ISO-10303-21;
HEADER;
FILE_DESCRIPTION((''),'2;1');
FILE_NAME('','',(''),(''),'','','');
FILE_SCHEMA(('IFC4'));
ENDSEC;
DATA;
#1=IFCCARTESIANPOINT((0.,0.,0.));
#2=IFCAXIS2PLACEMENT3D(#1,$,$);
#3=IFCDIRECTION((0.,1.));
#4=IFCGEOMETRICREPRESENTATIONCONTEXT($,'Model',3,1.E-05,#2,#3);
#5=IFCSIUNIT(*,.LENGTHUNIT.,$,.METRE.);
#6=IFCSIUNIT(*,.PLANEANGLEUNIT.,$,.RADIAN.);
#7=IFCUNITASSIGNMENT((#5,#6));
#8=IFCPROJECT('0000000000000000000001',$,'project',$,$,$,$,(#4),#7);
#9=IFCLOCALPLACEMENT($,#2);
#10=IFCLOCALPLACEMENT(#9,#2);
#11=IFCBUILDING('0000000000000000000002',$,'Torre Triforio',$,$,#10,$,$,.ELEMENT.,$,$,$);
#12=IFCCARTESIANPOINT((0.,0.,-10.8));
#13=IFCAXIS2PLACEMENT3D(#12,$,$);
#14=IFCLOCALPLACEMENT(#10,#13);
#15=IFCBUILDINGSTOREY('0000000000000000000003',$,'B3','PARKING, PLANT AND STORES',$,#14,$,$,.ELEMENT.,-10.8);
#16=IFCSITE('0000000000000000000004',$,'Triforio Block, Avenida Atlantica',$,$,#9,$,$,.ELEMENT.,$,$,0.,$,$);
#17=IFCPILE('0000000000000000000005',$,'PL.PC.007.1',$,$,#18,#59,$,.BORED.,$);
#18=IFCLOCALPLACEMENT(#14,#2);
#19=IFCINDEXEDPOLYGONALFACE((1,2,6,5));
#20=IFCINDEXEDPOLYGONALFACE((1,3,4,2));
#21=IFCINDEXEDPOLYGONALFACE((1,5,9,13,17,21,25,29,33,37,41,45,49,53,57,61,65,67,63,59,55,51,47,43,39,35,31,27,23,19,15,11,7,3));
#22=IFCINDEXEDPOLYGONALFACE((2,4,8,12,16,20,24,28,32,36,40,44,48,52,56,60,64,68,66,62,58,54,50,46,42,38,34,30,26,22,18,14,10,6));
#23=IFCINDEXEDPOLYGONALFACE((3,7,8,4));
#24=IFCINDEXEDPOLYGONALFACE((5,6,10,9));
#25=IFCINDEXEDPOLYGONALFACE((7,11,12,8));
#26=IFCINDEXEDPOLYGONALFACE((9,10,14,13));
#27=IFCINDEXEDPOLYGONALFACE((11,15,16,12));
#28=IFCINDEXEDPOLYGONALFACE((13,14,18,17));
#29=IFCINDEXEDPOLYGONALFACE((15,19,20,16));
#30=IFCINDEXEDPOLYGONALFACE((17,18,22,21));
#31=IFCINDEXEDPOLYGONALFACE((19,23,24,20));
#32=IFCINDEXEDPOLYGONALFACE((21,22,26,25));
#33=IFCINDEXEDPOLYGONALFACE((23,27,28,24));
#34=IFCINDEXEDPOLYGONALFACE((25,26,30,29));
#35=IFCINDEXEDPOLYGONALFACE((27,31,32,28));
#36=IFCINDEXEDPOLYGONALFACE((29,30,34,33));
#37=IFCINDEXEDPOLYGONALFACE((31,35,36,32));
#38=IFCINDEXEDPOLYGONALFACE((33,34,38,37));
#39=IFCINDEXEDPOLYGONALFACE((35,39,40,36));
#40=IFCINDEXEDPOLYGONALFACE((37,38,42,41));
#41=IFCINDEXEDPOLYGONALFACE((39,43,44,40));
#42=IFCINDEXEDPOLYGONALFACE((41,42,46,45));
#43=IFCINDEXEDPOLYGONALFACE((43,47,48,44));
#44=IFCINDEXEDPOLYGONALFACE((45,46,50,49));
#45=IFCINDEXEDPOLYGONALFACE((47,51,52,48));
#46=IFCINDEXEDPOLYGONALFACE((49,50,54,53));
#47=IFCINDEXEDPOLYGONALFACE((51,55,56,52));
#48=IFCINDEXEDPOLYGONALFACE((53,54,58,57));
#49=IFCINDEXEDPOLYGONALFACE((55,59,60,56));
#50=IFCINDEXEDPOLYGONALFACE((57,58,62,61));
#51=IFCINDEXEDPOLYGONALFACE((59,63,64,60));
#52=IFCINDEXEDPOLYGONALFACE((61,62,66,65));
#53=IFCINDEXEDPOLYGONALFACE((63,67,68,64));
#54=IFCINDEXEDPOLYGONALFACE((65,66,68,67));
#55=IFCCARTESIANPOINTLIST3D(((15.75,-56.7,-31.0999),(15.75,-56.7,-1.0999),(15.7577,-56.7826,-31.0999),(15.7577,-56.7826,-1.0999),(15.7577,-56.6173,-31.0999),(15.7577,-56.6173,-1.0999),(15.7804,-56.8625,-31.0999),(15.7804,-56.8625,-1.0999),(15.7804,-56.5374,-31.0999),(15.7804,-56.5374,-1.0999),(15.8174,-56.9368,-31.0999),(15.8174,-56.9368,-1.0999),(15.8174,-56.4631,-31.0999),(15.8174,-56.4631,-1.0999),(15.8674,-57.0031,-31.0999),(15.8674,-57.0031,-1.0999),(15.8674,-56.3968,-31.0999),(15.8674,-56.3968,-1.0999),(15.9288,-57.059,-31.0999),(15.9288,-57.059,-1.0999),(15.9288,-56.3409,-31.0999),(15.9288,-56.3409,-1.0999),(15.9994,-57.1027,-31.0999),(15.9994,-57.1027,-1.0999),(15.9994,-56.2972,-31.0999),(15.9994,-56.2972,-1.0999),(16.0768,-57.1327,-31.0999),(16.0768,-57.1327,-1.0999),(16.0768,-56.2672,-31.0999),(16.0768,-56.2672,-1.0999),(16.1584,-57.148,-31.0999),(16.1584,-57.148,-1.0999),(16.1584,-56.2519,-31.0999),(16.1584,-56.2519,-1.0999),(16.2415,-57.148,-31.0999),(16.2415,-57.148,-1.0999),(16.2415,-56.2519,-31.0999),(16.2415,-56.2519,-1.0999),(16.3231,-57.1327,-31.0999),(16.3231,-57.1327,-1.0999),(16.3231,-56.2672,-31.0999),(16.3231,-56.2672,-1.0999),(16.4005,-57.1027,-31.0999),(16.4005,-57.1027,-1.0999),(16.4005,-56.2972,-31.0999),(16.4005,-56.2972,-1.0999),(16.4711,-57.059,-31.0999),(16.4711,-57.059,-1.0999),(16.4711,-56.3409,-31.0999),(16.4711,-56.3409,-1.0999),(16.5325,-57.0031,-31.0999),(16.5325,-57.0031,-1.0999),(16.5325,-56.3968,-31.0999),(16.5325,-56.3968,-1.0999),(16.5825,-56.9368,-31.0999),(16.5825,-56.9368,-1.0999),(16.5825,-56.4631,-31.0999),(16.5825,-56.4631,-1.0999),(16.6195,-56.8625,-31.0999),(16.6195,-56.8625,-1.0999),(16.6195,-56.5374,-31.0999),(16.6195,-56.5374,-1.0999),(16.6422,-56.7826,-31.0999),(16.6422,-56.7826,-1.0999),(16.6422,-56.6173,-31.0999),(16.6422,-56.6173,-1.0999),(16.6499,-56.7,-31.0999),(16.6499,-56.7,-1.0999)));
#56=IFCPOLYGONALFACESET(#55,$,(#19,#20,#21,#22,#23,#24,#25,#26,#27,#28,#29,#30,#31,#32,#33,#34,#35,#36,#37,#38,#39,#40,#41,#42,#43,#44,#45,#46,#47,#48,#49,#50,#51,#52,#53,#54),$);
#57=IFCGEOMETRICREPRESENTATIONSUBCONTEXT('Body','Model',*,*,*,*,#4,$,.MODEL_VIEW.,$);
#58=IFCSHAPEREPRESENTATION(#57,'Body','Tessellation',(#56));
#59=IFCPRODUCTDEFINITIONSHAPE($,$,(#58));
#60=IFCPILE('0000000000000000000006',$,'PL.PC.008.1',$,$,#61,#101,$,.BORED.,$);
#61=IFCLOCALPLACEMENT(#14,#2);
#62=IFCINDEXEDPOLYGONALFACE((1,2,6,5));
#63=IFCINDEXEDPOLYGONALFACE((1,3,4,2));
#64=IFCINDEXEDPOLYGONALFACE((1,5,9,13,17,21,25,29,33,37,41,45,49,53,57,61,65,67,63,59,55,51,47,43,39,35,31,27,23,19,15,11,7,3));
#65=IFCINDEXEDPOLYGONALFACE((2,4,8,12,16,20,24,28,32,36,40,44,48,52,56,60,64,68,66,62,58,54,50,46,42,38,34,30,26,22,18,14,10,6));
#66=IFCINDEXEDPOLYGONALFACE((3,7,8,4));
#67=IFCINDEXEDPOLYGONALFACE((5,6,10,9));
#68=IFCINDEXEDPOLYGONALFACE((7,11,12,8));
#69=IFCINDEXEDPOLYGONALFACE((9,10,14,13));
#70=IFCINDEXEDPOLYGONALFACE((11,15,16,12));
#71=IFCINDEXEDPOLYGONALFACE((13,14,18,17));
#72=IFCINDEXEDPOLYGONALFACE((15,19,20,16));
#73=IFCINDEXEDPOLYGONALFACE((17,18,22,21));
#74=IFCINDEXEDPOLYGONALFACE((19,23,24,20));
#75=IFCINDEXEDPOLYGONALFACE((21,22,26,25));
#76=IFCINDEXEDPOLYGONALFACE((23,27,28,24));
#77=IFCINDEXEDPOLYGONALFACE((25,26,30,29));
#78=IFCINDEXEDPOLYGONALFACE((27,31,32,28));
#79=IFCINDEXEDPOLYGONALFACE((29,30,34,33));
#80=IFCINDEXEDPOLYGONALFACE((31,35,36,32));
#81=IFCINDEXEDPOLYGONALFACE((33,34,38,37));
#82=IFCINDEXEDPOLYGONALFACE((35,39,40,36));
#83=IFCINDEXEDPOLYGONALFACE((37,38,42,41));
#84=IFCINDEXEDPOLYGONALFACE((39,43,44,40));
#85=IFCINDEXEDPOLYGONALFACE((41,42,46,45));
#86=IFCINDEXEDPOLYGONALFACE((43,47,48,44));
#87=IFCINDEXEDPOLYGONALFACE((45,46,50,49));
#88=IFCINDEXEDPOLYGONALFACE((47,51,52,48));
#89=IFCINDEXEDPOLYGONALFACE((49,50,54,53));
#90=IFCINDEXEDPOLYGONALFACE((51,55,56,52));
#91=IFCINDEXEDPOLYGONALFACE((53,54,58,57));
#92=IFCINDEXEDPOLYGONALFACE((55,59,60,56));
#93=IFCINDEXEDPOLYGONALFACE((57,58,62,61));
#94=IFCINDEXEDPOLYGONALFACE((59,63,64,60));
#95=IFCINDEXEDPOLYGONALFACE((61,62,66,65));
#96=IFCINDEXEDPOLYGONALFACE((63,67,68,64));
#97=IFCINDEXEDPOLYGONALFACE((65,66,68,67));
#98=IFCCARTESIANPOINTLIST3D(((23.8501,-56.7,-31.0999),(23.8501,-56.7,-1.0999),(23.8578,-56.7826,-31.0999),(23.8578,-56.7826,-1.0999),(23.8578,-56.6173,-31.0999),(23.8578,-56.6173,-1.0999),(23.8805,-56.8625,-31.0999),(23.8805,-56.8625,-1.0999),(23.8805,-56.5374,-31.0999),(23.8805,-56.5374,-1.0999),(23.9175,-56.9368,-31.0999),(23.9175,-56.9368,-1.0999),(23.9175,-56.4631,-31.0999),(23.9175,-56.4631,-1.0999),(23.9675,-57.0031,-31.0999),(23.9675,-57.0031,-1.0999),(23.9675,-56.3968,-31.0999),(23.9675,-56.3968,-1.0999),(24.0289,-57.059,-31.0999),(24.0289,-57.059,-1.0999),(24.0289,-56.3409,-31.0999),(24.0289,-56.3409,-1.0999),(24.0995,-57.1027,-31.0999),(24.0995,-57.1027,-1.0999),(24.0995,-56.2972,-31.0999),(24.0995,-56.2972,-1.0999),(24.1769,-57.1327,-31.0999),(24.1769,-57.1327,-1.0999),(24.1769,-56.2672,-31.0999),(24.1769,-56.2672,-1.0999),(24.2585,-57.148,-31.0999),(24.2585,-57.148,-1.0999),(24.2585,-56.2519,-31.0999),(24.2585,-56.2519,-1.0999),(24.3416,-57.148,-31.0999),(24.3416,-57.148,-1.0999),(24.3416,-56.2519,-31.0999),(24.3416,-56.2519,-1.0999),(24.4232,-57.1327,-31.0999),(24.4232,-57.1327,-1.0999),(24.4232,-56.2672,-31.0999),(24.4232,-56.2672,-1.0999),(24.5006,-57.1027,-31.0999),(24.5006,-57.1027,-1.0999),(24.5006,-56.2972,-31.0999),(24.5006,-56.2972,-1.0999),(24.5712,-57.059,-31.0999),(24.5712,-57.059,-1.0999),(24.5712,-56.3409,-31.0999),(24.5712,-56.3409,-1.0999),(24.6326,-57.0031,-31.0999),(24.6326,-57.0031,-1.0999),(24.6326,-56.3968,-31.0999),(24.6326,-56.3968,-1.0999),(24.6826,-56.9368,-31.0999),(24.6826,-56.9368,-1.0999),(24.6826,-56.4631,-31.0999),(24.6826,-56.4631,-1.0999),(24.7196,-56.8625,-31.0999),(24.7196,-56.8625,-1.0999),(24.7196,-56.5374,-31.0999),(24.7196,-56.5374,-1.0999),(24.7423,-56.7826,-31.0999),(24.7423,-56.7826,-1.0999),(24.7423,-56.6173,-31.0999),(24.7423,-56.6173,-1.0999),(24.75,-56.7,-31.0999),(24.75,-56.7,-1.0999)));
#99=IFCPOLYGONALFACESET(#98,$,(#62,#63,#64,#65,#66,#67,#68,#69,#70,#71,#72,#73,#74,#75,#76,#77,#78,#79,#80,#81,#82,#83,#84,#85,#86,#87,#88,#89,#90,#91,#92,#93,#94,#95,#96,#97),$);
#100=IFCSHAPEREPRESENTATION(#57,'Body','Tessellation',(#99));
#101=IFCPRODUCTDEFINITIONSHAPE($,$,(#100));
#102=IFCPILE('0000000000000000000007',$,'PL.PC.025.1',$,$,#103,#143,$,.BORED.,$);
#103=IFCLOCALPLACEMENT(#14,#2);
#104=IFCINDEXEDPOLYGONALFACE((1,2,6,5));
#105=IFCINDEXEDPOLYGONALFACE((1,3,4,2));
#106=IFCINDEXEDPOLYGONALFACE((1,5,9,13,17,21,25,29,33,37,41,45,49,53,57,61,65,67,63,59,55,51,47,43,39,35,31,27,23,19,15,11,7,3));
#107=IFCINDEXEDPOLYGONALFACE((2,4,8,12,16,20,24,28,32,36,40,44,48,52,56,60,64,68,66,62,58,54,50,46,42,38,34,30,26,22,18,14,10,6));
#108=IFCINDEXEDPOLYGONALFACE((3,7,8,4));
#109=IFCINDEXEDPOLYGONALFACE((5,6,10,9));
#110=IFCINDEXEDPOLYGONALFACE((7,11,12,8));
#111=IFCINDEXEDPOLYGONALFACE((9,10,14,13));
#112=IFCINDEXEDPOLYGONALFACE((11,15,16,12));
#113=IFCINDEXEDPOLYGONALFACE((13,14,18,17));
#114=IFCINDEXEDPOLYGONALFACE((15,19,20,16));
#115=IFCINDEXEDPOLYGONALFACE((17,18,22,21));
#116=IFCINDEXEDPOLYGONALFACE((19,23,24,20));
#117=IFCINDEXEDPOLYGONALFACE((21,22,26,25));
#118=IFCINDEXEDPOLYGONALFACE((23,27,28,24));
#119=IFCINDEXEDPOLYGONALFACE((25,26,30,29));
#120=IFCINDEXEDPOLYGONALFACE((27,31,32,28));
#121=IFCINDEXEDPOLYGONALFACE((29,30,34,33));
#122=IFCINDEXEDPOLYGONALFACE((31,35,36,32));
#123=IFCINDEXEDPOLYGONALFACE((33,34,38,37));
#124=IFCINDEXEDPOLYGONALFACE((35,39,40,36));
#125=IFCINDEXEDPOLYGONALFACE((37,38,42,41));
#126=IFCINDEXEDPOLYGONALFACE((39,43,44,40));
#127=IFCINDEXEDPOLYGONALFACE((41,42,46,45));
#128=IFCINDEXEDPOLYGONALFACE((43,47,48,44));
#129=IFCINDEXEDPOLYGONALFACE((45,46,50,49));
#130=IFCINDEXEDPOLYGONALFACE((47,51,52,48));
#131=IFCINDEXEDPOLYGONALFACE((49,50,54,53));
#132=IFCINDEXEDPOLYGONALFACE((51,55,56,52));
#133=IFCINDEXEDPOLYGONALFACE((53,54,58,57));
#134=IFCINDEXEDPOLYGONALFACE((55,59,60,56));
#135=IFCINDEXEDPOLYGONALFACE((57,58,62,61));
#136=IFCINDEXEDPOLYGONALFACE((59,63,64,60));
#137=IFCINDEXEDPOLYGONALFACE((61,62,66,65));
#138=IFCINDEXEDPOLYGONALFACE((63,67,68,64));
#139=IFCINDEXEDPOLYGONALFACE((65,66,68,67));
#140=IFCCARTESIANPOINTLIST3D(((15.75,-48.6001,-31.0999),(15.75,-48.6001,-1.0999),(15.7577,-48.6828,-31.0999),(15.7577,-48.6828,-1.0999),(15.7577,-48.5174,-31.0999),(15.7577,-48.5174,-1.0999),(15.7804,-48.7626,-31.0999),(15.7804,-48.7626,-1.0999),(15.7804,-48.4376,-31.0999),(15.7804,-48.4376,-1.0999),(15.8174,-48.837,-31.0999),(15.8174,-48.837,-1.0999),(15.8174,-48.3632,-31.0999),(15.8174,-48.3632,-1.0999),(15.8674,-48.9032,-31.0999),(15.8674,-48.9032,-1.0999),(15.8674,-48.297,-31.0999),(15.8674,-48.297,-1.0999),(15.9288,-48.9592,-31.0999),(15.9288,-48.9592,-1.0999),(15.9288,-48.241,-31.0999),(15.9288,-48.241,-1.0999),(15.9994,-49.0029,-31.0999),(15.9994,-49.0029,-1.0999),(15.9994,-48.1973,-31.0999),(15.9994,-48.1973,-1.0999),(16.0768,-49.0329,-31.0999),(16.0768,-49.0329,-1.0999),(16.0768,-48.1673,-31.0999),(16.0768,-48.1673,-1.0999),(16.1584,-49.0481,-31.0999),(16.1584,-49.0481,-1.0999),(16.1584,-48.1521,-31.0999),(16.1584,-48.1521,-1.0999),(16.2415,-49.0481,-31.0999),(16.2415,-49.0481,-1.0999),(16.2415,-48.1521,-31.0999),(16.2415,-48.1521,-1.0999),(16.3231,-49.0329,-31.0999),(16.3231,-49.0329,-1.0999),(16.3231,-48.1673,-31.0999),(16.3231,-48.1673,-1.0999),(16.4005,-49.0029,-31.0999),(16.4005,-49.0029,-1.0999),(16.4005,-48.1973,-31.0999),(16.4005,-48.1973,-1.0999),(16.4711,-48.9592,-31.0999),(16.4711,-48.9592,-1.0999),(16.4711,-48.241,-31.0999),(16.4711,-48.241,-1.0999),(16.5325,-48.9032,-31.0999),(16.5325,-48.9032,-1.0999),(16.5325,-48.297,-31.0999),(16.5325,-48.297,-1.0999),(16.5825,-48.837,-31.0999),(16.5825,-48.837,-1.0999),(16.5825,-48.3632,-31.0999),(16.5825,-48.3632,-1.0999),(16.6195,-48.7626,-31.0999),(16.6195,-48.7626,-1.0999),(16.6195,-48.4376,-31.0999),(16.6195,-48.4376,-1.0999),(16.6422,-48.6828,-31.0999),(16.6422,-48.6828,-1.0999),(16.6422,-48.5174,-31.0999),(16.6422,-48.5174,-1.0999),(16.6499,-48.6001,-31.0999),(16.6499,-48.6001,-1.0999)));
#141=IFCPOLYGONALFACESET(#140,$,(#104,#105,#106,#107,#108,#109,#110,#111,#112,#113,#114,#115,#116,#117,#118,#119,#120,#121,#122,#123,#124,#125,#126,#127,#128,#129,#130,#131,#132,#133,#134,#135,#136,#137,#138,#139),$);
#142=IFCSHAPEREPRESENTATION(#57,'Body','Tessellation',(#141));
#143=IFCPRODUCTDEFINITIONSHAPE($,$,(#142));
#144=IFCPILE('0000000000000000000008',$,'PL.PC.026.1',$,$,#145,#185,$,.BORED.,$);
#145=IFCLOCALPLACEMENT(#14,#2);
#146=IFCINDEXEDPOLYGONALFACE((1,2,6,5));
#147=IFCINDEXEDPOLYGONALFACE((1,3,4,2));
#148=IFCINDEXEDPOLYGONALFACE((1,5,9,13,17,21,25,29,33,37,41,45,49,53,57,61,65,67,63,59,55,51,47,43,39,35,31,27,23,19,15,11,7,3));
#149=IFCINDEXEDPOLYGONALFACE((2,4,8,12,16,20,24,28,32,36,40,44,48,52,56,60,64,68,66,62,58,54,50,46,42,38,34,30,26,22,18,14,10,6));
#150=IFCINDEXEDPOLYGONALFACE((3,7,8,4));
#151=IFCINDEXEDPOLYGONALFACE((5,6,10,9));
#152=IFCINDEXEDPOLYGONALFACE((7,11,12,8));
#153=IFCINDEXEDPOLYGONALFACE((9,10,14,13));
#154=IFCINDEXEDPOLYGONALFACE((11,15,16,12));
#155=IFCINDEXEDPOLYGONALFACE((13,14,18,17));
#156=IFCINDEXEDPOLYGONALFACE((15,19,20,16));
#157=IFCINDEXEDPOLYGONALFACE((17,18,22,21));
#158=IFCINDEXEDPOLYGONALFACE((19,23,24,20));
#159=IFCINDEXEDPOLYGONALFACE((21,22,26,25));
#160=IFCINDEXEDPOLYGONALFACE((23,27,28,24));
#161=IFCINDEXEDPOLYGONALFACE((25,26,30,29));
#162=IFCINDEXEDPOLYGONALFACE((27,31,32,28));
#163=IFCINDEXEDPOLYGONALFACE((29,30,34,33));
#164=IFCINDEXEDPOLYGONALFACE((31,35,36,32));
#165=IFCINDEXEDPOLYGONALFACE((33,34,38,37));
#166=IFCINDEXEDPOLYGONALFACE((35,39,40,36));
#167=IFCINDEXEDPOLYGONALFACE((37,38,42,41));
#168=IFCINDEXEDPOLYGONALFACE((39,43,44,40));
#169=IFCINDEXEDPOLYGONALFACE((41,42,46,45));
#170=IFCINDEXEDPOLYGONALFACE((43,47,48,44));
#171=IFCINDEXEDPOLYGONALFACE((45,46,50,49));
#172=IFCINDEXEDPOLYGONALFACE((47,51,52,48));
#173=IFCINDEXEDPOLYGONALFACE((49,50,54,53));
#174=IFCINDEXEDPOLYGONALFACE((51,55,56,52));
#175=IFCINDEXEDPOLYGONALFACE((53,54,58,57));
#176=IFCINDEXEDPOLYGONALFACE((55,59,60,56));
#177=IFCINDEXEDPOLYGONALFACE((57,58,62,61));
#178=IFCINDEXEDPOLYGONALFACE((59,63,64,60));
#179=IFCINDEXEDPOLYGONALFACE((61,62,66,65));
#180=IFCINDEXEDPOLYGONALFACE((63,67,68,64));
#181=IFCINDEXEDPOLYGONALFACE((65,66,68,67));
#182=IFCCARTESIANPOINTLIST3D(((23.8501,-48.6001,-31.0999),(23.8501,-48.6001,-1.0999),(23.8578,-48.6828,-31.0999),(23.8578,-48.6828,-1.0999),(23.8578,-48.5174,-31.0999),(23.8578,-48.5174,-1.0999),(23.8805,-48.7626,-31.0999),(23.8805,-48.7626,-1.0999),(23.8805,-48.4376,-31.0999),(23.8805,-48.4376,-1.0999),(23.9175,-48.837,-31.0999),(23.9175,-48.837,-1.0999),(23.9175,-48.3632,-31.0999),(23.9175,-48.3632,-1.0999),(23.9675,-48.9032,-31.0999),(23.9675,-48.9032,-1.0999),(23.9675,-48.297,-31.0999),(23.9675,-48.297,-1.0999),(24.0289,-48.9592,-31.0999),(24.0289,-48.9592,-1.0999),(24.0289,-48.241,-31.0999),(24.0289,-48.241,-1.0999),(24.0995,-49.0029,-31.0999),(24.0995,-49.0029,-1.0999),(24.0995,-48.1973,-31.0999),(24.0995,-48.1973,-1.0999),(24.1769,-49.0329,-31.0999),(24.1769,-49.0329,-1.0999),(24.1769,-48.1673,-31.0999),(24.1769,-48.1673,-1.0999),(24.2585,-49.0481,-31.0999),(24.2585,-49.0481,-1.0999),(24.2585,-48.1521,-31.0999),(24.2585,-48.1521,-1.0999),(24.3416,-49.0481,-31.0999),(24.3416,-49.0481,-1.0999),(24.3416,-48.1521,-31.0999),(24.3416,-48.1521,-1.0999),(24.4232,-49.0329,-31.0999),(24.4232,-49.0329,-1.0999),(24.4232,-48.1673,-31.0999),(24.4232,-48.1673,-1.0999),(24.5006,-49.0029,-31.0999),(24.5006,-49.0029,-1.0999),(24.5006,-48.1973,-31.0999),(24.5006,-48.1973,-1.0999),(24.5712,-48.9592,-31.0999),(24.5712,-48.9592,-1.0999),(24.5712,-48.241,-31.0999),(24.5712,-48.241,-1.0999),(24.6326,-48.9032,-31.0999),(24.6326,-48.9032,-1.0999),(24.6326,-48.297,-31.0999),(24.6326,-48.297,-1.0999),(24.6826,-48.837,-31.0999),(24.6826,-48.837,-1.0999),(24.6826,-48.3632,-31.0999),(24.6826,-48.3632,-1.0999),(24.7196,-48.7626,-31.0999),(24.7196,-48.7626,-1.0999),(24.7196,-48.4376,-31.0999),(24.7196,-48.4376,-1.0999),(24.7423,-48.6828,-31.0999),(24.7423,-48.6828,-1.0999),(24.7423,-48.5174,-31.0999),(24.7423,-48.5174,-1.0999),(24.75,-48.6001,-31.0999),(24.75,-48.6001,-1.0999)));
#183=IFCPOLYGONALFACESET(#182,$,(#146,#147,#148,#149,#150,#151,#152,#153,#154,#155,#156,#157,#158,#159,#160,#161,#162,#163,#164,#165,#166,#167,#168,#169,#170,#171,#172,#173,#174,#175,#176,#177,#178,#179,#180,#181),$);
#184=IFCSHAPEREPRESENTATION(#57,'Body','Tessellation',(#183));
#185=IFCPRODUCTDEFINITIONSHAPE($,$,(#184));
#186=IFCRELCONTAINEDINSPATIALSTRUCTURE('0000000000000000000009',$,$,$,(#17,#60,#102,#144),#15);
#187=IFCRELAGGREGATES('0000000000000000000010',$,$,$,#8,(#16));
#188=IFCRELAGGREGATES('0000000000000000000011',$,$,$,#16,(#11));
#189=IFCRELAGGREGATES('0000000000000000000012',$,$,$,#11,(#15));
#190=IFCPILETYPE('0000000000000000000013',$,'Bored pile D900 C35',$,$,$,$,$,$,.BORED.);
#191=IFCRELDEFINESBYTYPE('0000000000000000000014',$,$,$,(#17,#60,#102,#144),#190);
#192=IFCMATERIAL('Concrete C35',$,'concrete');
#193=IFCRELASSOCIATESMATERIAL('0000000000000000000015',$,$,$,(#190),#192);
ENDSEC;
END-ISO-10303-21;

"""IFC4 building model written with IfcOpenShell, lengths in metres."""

from ifc_helpers import new_model, si_unit, direction, frame, origin, origin_2d, place, context, subcontext, project, spatial, circle, extrude, material, material_profile, profile_set, type_object, element, save


model = new_model("IFC4")

# Units and contexts
model_context = context("Model", 3, precision=1e-05, world=origin(), true_north=direction((0.0, 1.0)))
body_context = subcontext(model_context, "Body", "Model", "MODEL_VIEW")
ifc_project = project(units=[si_unit("LENGTHUNIT", "METRE"), si_unit("PLANEANGLEUNIT", "RADIAN")], contexts=[model_context])

# Site, building, storey
site_placement = place(None, origin())
site = spatial("IfcSite", under=ifc_project, at=site_placement, Name="Triforio Block, Avenida Atlantica", CompositionType="ELEMENT", RefElevation=0.0)
building_placement = place(site_placement, origin())
building = spatial("IfcBuilding", under=site, at=building_placement, Name="Torre Triforio", CompositionType="ELEMENT")
storey_placement = place(building_placement, frame((0.0, 0.0, -10.8)))
storey = spatial("IfcBuildingStorey", under=building, at=storey_placement, Name="B3", Description="PARKING, PLANT AND STORES", CompositionType="ELEMENT", Elevation=-10.8)

# Piles
ifc_material_1 = material(Name="Concrete C35", Category="concrete")
ifc_material_profile_1 = material_profile(ifc_material_1, circle(Radius=0.45, at=origin_2d()), Name="RC D900")
ifc_profile_set_1 = profile_set([ifc_material_profile_1], Name="Concrete C35")
pile_type = type_object("IfcPileType", Name="Bored pile D900 C35", PredefinedType="BORED", material=ifc_profile_set_1)
for number, where, z_axis, x_axis, name in (
    (1, (16.2, -56.7, -1.0999), (0.0, 0.0, -1.0), (1.0, 0.0, 0.0), "PL.PC.007.1"),
    (2, (24.3, -56.7, -1.0999), (0.0, 0.0, -1.0), (1.0, 0.0, 0.0), "PL.PC.008.1"),
    (3, (16.2, -48.6001, -1.0999), (0.0, 0.0, -1.0), (1.0, 0.0, 0.0), "PL.PC.025.1"),
    (4, (24.3, -48.6001, -1.0999), (0.0, 0.0, -1.0), (1.0, 0.0, 0.0), "PL.PC.026.1"),
):
    element("IfcPile", number, at=place(storey_placement, frame(where, z_axis=z_axis, x_axis=x_axis)), inside=storey, type_object=pile_type, Name=name, PredefinedType="BORED", context=body_context, shape_type="SweptSolid", body=[
        extrude(circle(Radius=0.45, at=origin_2d()), origin(), (0.0, 0.0, 1.0), 30.0),
    ])

save(model, "model.ifc")
